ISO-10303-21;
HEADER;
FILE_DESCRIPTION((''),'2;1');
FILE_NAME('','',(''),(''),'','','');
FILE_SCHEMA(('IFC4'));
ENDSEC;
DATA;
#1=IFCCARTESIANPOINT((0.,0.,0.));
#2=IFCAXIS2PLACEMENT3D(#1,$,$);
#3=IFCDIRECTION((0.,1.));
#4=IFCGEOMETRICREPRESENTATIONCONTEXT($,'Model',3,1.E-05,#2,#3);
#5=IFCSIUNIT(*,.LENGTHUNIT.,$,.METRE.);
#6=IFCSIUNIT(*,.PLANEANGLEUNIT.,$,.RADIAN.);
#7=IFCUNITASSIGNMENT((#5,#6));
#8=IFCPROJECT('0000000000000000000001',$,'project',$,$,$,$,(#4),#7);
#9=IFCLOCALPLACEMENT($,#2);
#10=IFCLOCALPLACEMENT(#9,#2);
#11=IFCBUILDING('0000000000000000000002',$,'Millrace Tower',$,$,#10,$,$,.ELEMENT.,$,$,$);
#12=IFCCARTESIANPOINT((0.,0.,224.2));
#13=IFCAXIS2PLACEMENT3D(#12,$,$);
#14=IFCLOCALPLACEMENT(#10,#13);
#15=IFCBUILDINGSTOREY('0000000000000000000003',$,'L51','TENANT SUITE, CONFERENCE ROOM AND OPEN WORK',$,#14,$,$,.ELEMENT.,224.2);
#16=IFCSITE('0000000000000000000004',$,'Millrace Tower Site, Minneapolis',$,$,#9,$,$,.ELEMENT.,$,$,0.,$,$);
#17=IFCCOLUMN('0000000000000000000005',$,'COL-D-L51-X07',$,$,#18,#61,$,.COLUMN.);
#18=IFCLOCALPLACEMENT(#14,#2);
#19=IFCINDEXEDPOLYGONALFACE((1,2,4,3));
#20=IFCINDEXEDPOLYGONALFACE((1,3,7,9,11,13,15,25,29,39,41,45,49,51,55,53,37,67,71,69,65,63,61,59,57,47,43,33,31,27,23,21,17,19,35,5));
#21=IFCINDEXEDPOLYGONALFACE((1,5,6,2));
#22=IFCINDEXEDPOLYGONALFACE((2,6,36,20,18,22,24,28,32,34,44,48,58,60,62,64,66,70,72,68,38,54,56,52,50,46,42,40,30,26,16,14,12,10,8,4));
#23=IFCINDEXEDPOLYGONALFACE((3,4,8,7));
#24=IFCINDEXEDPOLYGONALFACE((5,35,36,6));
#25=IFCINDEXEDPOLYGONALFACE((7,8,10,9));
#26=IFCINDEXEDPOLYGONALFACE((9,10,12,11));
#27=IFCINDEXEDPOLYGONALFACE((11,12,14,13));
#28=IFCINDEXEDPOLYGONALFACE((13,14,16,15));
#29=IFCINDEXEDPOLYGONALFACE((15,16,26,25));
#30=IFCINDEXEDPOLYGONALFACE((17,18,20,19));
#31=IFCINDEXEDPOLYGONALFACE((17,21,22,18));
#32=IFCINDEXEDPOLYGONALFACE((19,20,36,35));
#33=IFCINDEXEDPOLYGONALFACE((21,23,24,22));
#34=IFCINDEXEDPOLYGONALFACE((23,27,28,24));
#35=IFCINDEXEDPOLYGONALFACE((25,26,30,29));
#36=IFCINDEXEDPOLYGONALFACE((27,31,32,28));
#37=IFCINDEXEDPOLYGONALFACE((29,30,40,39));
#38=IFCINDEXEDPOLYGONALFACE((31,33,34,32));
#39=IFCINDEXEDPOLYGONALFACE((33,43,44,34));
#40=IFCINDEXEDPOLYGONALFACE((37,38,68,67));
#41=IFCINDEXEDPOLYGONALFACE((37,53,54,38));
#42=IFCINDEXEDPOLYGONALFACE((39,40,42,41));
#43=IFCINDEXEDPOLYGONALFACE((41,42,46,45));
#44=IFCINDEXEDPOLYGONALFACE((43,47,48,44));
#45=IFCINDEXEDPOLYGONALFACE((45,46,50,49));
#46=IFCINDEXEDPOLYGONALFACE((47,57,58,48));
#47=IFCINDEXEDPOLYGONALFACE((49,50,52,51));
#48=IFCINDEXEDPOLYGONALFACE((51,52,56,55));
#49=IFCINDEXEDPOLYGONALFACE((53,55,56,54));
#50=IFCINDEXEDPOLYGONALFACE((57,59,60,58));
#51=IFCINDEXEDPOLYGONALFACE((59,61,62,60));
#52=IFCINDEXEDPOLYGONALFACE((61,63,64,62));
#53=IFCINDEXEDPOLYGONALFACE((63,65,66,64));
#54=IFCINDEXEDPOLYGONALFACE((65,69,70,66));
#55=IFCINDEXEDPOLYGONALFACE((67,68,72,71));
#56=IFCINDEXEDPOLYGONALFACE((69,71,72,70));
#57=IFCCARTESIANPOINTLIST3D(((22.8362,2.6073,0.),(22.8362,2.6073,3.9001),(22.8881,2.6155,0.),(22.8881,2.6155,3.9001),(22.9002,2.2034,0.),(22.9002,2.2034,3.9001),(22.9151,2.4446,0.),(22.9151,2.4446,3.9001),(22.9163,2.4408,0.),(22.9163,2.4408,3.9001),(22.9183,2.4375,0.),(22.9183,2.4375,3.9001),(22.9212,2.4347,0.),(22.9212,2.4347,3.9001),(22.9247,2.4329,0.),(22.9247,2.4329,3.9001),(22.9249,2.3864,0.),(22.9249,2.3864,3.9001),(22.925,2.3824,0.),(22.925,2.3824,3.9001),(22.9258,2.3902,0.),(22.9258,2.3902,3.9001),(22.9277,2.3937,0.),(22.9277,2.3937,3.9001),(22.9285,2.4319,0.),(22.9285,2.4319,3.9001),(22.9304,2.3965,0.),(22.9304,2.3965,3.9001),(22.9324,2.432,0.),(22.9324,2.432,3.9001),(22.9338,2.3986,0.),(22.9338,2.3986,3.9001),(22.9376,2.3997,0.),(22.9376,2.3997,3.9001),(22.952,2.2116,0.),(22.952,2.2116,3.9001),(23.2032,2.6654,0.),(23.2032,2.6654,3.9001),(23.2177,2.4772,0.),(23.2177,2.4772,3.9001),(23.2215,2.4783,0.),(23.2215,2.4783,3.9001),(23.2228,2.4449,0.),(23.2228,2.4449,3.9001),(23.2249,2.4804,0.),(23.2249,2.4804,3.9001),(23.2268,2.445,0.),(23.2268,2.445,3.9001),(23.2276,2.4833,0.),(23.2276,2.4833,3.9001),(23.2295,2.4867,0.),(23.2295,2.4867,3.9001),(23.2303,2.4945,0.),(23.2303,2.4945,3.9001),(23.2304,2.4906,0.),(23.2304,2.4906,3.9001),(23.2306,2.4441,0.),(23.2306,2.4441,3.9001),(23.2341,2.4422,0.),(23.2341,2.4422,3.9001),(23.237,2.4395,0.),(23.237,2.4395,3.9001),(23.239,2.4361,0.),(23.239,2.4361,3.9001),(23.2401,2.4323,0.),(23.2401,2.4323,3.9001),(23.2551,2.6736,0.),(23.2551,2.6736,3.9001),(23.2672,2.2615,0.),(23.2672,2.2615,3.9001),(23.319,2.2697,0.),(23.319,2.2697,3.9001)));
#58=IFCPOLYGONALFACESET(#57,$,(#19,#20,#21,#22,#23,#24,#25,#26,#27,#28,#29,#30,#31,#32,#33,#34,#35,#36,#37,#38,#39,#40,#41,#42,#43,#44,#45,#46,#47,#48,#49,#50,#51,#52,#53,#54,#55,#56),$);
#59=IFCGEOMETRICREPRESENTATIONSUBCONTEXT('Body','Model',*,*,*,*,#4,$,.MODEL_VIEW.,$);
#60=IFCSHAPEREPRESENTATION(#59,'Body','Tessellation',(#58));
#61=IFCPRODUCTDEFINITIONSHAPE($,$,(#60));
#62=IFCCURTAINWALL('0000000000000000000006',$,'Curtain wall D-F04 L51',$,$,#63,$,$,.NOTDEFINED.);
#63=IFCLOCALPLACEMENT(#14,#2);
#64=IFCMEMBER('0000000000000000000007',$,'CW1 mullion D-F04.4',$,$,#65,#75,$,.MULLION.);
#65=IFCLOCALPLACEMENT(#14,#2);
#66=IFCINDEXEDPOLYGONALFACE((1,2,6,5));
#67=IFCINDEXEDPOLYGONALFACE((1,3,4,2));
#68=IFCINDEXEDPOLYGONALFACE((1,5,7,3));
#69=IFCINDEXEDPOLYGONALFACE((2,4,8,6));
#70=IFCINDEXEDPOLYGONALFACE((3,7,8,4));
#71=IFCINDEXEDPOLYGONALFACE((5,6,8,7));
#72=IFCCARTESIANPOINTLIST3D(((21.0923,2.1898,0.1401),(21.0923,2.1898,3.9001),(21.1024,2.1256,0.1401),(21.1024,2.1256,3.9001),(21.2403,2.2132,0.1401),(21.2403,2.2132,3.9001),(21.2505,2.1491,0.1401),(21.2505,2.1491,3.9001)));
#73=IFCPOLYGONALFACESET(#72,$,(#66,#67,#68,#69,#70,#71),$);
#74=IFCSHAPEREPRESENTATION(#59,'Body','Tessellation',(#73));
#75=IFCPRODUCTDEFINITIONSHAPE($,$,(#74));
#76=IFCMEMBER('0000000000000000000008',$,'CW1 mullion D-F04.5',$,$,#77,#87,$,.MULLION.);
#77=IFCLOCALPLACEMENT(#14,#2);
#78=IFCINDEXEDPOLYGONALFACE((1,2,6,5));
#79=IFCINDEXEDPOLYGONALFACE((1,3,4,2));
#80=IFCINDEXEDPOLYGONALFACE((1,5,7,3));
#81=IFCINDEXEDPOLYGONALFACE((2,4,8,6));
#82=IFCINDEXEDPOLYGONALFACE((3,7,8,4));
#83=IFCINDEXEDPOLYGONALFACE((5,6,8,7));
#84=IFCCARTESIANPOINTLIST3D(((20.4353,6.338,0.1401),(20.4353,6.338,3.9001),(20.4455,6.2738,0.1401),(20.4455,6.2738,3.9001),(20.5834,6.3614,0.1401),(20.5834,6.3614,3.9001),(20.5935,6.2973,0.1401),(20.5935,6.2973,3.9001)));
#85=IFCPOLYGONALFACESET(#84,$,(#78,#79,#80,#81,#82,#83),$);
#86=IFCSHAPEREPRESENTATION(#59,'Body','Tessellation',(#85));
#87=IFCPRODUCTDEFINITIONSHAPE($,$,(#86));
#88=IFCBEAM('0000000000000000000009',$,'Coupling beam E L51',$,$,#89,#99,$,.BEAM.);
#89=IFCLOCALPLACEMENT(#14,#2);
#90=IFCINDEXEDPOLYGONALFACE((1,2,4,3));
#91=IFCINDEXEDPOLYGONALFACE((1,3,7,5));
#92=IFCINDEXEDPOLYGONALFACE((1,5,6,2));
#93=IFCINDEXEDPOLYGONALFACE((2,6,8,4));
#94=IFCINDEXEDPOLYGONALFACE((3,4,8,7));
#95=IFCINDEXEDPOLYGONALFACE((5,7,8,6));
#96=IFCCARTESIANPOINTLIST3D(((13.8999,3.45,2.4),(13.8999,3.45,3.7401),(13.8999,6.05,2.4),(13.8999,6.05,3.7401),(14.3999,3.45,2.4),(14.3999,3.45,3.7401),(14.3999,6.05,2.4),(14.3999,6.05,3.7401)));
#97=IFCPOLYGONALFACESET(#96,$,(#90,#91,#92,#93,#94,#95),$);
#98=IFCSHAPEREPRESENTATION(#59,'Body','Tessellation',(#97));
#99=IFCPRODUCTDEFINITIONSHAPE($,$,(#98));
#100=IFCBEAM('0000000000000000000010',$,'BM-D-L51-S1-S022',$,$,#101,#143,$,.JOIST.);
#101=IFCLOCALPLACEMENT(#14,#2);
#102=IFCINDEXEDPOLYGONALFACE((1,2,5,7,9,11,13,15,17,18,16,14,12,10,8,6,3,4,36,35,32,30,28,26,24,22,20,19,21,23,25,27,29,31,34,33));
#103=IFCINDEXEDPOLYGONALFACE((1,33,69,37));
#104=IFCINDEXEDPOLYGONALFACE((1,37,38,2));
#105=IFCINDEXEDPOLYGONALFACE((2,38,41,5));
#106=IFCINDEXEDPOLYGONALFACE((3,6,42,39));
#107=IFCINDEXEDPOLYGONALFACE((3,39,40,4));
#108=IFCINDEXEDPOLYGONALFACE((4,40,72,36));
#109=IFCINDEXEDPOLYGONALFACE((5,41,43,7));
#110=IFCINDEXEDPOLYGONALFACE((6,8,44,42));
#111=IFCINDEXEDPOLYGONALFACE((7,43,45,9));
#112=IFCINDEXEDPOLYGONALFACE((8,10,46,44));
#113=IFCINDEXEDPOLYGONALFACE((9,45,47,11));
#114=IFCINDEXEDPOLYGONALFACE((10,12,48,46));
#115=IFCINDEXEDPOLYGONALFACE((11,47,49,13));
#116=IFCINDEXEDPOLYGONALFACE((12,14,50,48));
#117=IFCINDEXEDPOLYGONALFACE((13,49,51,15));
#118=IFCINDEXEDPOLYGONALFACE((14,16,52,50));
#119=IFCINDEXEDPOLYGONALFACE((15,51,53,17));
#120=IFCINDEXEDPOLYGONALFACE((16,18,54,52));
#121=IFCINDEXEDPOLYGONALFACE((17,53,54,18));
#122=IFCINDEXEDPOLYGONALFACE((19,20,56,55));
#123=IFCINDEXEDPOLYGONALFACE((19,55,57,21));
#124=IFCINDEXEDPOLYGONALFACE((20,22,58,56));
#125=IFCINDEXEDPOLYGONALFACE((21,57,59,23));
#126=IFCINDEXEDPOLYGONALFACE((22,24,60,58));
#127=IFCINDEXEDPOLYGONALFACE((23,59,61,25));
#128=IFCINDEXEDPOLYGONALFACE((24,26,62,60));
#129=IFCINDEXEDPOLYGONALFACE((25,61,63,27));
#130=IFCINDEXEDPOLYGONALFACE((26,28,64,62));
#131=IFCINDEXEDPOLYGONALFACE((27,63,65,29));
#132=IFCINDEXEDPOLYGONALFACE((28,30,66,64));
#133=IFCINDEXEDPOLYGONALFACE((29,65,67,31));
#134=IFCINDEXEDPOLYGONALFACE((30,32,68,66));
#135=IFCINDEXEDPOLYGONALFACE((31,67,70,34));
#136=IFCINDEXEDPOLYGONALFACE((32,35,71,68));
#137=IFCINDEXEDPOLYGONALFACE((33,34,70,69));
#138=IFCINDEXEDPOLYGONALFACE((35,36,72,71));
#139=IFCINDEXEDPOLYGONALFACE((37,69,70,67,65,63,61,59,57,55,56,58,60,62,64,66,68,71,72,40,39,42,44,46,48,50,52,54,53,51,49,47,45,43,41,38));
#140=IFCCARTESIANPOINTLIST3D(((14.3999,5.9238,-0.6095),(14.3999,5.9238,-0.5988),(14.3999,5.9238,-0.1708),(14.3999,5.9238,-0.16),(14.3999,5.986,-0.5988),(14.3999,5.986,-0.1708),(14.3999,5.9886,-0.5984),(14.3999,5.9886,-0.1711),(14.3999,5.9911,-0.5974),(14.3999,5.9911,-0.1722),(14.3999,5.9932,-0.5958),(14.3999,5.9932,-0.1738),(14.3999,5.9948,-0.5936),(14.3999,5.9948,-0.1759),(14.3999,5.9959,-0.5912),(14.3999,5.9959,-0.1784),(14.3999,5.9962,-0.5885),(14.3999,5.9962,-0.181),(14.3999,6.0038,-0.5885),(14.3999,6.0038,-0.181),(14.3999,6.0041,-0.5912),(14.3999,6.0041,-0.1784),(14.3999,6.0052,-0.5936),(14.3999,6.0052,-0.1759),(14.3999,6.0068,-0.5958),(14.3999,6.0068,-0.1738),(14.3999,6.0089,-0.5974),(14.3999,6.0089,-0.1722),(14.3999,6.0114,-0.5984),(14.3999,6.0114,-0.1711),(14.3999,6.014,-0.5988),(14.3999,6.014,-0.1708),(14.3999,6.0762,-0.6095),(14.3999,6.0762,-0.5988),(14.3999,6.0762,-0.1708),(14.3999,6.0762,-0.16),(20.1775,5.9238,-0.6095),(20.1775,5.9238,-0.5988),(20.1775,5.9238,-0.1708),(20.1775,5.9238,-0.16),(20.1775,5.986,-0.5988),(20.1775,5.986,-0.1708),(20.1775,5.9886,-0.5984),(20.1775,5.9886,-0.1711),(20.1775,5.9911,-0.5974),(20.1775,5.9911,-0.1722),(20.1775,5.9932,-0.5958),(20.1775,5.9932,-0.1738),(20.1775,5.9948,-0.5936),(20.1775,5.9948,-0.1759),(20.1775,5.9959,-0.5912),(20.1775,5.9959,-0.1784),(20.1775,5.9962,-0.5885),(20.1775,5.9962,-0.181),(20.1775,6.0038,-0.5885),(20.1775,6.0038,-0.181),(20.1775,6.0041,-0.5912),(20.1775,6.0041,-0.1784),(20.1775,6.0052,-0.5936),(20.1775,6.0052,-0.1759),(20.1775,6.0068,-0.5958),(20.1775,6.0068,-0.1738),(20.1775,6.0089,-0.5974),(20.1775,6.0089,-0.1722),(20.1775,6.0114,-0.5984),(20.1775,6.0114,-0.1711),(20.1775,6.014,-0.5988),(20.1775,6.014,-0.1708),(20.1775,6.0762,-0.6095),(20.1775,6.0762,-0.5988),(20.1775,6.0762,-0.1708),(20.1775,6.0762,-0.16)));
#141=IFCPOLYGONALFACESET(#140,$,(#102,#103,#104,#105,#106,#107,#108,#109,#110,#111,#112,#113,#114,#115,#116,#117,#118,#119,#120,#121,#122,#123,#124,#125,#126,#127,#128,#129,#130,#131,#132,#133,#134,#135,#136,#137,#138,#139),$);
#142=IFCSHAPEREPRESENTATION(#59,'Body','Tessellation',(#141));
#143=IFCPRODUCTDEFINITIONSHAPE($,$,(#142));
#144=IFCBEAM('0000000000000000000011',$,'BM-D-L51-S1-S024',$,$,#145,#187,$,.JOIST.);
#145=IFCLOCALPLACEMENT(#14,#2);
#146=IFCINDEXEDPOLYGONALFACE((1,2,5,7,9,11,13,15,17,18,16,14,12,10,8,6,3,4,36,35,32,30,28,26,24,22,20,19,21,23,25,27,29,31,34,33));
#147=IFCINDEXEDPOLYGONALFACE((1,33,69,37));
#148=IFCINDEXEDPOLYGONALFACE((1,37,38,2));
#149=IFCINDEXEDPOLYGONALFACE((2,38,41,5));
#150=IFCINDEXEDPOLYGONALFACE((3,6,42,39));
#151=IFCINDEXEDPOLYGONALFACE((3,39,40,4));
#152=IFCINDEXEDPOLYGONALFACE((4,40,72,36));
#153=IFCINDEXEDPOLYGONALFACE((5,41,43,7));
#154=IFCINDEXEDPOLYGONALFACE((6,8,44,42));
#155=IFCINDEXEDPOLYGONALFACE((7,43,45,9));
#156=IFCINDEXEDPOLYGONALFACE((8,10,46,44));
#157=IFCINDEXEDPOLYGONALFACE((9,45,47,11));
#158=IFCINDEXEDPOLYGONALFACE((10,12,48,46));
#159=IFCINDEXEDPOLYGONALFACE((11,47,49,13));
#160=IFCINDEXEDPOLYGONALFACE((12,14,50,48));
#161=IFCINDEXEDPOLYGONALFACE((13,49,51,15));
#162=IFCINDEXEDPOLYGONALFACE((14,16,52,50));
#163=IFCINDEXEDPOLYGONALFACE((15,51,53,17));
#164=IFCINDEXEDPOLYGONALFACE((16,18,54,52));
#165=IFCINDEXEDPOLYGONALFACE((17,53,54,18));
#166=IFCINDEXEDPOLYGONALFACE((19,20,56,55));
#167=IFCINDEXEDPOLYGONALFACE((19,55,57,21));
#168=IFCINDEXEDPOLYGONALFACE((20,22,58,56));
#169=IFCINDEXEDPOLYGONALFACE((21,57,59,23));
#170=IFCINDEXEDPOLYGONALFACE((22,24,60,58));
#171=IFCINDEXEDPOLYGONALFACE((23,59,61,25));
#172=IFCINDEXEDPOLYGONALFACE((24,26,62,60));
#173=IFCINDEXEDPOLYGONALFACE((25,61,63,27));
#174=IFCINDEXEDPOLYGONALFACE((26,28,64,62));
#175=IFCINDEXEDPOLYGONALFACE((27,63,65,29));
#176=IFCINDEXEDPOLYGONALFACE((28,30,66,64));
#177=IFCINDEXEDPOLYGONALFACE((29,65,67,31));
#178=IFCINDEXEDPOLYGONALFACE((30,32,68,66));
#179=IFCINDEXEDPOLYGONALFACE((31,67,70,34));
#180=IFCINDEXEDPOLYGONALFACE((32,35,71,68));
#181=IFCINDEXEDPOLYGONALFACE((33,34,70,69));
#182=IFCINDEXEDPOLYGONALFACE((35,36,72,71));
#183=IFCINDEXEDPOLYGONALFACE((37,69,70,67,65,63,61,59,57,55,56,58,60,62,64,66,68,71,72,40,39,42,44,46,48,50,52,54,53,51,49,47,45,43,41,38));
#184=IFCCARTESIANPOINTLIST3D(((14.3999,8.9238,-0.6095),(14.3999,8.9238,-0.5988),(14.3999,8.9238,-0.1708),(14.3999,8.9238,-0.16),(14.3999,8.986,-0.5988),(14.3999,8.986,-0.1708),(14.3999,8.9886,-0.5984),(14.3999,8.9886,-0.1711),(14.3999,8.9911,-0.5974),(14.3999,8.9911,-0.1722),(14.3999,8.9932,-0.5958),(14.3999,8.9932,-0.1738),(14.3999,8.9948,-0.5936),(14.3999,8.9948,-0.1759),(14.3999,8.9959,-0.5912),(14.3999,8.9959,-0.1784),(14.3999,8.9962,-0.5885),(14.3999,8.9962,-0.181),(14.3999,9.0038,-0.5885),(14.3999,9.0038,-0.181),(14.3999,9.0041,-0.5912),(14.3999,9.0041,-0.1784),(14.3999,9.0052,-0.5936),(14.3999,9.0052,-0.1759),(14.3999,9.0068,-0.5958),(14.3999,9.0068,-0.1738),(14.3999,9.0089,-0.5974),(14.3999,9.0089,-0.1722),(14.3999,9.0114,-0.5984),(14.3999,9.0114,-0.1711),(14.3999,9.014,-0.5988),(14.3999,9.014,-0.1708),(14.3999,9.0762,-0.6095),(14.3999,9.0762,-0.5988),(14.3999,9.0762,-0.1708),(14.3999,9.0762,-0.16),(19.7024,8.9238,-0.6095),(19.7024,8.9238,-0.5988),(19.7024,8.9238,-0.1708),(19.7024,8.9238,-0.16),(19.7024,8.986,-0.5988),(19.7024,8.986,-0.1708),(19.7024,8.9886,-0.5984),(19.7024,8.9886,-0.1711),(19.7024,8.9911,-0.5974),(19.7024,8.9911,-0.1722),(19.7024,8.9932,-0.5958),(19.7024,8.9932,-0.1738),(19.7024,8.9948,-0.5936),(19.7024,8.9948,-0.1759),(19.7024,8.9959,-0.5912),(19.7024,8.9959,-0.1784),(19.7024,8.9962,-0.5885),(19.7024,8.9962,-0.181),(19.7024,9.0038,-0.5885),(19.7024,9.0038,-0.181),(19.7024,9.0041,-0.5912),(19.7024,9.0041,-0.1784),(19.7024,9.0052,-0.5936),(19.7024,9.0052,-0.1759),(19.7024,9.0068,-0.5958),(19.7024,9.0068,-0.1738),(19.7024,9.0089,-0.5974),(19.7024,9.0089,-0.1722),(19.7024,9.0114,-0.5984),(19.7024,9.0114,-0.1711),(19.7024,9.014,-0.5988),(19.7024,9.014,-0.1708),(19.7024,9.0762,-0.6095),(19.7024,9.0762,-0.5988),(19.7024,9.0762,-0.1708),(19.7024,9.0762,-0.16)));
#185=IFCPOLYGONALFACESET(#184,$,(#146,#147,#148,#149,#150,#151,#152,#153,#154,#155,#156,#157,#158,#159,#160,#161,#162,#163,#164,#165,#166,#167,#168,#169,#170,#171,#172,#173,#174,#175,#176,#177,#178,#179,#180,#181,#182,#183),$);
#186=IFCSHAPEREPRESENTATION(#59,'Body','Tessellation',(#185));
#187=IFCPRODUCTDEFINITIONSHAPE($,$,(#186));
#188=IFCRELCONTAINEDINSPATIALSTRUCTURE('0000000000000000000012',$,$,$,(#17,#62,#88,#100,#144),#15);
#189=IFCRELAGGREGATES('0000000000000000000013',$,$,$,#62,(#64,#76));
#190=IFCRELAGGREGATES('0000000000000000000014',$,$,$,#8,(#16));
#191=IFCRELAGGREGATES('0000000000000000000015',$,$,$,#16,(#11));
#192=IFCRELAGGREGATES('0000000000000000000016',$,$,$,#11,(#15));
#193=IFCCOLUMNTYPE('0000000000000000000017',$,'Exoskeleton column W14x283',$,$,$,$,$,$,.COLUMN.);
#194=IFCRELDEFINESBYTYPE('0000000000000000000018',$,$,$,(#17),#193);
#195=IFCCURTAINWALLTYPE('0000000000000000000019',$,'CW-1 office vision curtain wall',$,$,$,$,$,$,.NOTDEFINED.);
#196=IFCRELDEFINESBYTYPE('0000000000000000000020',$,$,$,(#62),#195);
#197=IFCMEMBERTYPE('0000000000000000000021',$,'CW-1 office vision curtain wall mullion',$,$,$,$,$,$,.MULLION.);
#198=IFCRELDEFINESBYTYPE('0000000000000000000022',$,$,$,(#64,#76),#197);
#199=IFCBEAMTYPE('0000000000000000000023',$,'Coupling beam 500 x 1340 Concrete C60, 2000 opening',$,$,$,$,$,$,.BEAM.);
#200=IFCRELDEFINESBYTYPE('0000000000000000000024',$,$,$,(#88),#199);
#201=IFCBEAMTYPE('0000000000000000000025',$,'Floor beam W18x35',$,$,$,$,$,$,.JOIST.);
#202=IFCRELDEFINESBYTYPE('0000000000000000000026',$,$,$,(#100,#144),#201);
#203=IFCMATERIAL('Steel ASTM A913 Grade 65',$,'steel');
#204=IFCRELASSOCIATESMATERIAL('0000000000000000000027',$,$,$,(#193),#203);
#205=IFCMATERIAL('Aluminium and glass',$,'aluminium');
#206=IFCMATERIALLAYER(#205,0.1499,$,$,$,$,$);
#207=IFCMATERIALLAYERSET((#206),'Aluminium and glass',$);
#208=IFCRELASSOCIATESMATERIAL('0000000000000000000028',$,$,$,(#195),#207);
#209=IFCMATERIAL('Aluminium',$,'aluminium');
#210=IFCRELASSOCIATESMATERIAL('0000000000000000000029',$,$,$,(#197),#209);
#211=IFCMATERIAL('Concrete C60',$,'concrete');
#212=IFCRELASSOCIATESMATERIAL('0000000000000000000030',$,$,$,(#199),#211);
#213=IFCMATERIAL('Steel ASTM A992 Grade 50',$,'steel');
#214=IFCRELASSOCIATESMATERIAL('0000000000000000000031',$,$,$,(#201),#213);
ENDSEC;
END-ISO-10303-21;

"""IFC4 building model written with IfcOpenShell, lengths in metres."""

from ifc_helpers import new_model, si_unit, direction, frame, origin, origin_2d, place, context, subcontext, project, spatial, rectangle, i_section, extrude, material, layer, layer_set, material_profile, profile_set, type_object, element, aggregate, save


model = new_model("IFC4")

# Units and contexts
model_context = context("Model", 3, precision=1e-05, world=origin(), true_north=direction((0.0, 1.0)))
body_context = subcontext(model_context, "Body", "Model", "MODEL_VIEW")
ifc_project = project(units=[si_unit("LENGTHUNIT", "METRE"), si_unit("PLANEANGLEUNIT", "RADIAN")], contexts=[model_context])

# Site, building, storey
site_placement = place(None, origin())
site = spatial("IfcSite", under=ifc_project, at=site_placement, Name="Millrace Tower Site, Minneapolis", CompositionType="ELEMENT", RefElevation=0.0)
building_placement = place(site_placement, origin())
building = spatial("IfcBuilding", under=site, at=building_placement, Name="Millrace Tower", CompositionType="ELEMENT")
storey_placement = place(building_placement, frame((0.0, 0.0, 224.2)))
storey = spatial("IfcBuildingStorey", under=building, at=storey_placement, Name="L51", Description="TENANT SUITE, CONFERENCE ROOM AND OPEN WORK", CompositionType="ELEMENT", Elevation=224.2)

# Column
ifc_material_1 = material(Name="Steel ASTM A913 Grade 65", Category="steel")
ifc_material_profile_1 = material_profile(ifc_material_1, i_section(OverallWidth=0.4089, OverallDepth=0.4241, WebThickness=0.0327, FlangeThickness=0.0525, FilletRadius=0.0151, at=origin_2d()))
ifc_profile_set_1 = profile_set([ifc_material_profile_1], Name="Steel ASTM A913 Grade 65")
column_type = type_object("IfcColumnType", Name="Exoskeleton column W14x283", PredefinedType="COLUMN", material=ifc_profile_set_1)
column_placement = place(storey_placement, frame((23.0776, 2.4385, 0.0), z_axis=(0.0, 0.0, 1.0), x_axis=(-0.156434, 0.987688, 0.0)))
element("IfcColumn", 1, at=column_placement, inside=storey, type_object=column_type, Name="COL-D-L51-X07", PredefinedType="COLUMN", context=body_context, shape_type="SweptSolid", body=[
    extrude(i_section(OverallWidth=0.4089, OverallDepth=0.4241, WebThickness=0.0327, FlangeThickness=0.0525, FilletRadius=0.0151, at=origin_2d()), origin(), (0.0, 0.0, 1.0), 3.9001),
])

# Curtain wall, members
ifc_material_2 = material(Name="Aluminium and glass", Category="aluminium")
ifc_layer_1 = layer(ifc_material_2, 0.1499)
ifc_layer_set_1 = layer_set([ifc_layer_1], Name="Aluminium and glass")
curtain_wall_type = type_object("IfcCurtainWallType", Name="CW-1 office vision curtain wall", PredefinedType="NOTDEFINED", material=ifc_layer_set_1)
curtain_wall_placement = place(storey_placement, origin())
curtain_wall = element("IfcCurtainWall", 2, at=curtain_wall_placement, inside=storey, type_object=curtain_wall_type, Name="Curtain wall D-F04 L51", PredefinedType="NOTDEFINED")
ifc_material_3 = material(Name="Aluminium", Category="aluminium")
ifc_material_profile_2 = material_profile(ifc_material_3, rectangle(XDim=0.0649, YDim=0.1499, at=origin_2d()))
ifc_profile_set_2 = profile_set([ifc_material_profile_2], Name="Aluminium")
member_type = type_object("IfcMemberType", Name="CW-1 office vision curtain wall mullion", PredefinedType="MULLION", material=ifc_profile_set_2)
member_1_placement = place(storey_placement, frame((21.1714, 2.1694, 0.1401), z_axis=(0.0, 0.0, 1.0), x_axis=(-0.156434, 0.987688, 0.0)))
member_1 = element("IfcMember", 3, at=member_1_placement, type_object=member_type, Name="CW1 mullion D-F04.4", PredefinedType="MULLION", context=body_context, shape_type="SweptSolid", body=[
    extrude(rectangle(XDim=0.0649, YDim=0.1499, at=origin_2d()), origin(), (0.0, 0.0, 1.0), 3.76),
])
member_2_placement = place(storey_placement, frame((20.5144, 6.3176, 0.1401), z_axis=(0.0, 0.0, 1.0), x_axis=(-0.156434, 0.987688, 0.0)))
member_2 = element("IfcMember", 4, at=member_2_placement, type_object=member_type, Name="CW1 mullion D-F04.5", PredefinedType="MULLION", context=body_context, shape_type="SweptSolid", body=[
    extrude(rectangle(XDim=0.0649, YDim=0.1499, at=origin_2d()), origin(), (0.0, 0.0, 1.0), 3.76),
])
aggregate(curtain_wall, [member_1, member_2])

# Beams
ifc_material_4 = material(Name="Concrete C60", Category="concrete")
ifc_material_profile_3 = material_profile(ifc_material_4, rectangle(XDim=0.5, YDim=1.3401, at=origin_2d()))
ifc_profile_set_3 = profile_set([ifc_material_profile_3], Name="Concrete C60")
beam_type_1 = type_object("IfcBeamType", Name="Coupling beam 500 x 1340 Concrete C60, 2000 opening", PredefinedType="BEAM", material=ifc_profile_set_3)
beam_1_placement = place(storey_placement, frame((14.1499, 6.05, 3.0701), z_axis=(0.0, -1.0, 0.0), x_axis=(1.0, 0.0, 0.0)))
element("IfcBeam", 5, at=beam_1_placement, inside=storey, type_object=beam_type_1, Name="Coupling beam E L51", PredefinedType="BEAM", context=body_context, shape_type="SweptSolid", body=[
    extrude(rectangle(XDim=0.5, YDim=1.3401, at=origin_2d()), origin(), (0.0, 0.0, 1.0), 2.6001),
])
ifc_material_5 = material(Name="Steel ASTM A992 Grade 50", Category="steel")
ifc_material_profile_4 = material_profile(ifc_material_5, i_section(OverallWidth=0.1523, OverallDepth=0.4495, WebThickness=0.0076, FlangeThickness=0.0107, FilletRadius=0.0103, at=origin_2d()))
ifc_profile_set_4 = profile_set([ifc_material_profile_4], Name="Steel ASTM A992 Grade 50")
beam_type_2 = type_object("IfcBeamType", Name="Floor beam W18x35", PredefinedType="JOIST", material=ifc_profile_set_4)
beam_2_placement = place(storey_placement, frame((14.3999, 6.0, -0.3848), z_axis=(1.0, 0.0, 0.0), x_axis=(0.0, 1.0, 0.0)))
element("IfcBeam", 6, at=beam_2_placement, inside=storey, type_object=beam_type_2, Name="BM-D-L51-S1-S022", PredefinedType="JOIST", context=body_context, shape_type="SweptSolid", body=[
    extrude(i_section(OverallWidth=0.1523, OverallDepth=0.4495, WebThickness=0.0076, FlangeThickness=0.0107, FilletRadius=0.0103, at=origin_2d()), origin(), (0.0, 0.0, 1.0), 5.7776),
])
beam_3_placement = place(storey_placement, frame((14.3999, 9.0, -0.3848), z_axis=(1.0, 0.0, 0.0), x_axis=(0.0, 1.0, 0.0)))
element("IfcBeam", 7, at=beam_3_placement, inside=storey, type_object=beam_type_2, Name="BM-D-L51-S1-S024", PredefinedType="JOIST", context=body_context, shape_type="SweptSolid", body=[
    extrude(i_section(OverallWidth=0.1523, OverallDepth=0.4495, WebThickness=0.0076, FlangeThickness=0.0107, FilletRadius=0.0103, at=origin_2d()), origin(), (0.0, 0.0, 1.0), 5.3025),
])

save(model, "model.ifc")
